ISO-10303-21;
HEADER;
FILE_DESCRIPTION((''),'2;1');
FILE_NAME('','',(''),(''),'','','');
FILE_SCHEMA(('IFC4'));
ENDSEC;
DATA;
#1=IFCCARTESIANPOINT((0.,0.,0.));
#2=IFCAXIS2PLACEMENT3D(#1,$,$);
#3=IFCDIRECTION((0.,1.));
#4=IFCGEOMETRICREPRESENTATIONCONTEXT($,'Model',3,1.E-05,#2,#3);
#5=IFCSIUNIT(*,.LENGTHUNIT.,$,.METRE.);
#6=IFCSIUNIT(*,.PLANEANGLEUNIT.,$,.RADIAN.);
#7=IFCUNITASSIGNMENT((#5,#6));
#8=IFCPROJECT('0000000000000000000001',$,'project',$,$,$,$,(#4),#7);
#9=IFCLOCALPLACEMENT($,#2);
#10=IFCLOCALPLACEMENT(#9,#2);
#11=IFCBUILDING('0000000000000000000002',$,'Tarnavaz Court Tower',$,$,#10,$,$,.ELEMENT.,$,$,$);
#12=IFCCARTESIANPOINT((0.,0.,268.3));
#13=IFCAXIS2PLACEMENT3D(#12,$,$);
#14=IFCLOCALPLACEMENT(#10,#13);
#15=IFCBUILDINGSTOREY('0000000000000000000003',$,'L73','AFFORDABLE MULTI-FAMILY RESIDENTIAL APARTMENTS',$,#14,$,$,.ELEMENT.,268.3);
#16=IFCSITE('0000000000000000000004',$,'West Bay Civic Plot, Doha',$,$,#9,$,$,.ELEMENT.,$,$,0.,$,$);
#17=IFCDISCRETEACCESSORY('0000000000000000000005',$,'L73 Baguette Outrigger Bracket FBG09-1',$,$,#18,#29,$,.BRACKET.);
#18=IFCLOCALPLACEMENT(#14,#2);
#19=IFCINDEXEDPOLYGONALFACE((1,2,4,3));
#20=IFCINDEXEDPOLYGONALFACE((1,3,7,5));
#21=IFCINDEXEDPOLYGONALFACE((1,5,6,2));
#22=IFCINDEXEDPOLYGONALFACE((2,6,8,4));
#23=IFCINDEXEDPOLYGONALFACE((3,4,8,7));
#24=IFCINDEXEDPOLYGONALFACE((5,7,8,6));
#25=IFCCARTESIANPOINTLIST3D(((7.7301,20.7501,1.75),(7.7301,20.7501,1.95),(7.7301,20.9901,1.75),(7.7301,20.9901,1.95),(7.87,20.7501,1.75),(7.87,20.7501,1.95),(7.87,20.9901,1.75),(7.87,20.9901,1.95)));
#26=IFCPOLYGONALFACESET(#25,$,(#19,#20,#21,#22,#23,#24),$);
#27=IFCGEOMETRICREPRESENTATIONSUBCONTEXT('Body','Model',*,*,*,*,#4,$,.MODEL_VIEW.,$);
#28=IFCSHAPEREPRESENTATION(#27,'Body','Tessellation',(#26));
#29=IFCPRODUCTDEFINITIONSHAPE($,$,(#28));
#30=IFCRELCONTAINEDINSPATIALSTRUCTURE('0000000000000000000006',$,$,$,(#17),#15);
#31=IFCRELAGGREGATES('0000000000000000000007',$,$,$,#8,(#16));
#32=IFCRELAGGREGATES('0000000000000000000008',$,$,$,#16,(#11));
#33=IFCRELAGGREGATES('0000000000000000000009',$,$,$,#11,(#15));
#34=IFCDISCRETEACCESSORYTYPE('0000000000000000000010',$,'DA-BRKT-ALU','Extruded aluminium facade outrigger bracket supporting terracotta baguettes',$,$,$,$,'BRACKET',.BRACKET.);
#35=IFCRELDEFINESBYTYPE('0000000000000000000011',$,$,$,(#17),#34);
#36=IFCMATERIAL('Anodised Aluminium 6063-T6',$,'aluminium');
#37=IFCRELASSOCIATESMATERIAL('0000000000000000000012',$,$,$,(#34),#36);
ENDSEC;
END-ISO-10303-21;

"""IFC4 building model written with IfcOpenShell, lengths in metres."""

from ifc_helpers import new_model, si_unit, direction, frame, origin, origin_2d, place, context, subcontext, project, spatial, rectangle, extrude, material, type_object, element, save


model = new_model("IFC4")

# Units and contexts
model_context = context("Model", 3, precision=1e-05, world=origin(), true_north=direction((0.0, 1.0)))
body_context = subcontext(model_context, "Body", "Model", "MODEL_VIEW")
ifc_project = project(units=[si_unit("LENGTHUNIT", "METRE"), si_unit("PLANEANGLEUNIT", "RADIAN")], contexts=[model_context])

# Site, building, storey
site_placement = place(None, origin())
site = spatial("IfcSite", under=ifc_project, at=site_placement, Name="West Bay Civic Plot, Doha", CompositionType="ELEMENT", RefElevation=0.0)
building_placement = place(site_placement, origin())
building = spatial("IfcBuilding", under=site, at=building_placement, Name="Tarnavaz Court Tower", CompositionType="ELEMENT")
storey_placement = place(building_placement, frame((0.0, 0.0, 268.3)))
storey = spatial("IfcBuildingStorey", under=building, at=storey_placement, Name="L73", Description="AFFORDABLE MULTI-FAMILY RESIDENTIAL APARTMENTS", CompositionType="ELEMENT", Elevation=268.3)

# Shared definitions
ifc_material_1 = material(Name="Anodised Aluminium 6063-T6", Category="aluminium")

# Discrete accessory
discrete_accessory_type = type_object("IfcDiscreteAccessoryType", Name="DA-BRKT-ALU", Description="Extruded aluminium facade outrigger bracket supporting terracotta baguettes", ElementType="BRACKET", PredefinedType="BRACKET", material=ifc_material_1)
for number, where, z_axis, x_axis, name in (
    (1, (7.8, 20.8701, 1.75), (0.0, 0.0, 1.0), (1.0, 0.0, 0.0), "L73 Baguette Outrigger Bracket FBG09-1"),
):
    element("IfcDiscreteAccessory", number, at=place(storey_placement, frame(where, z_axis=z_axis, x_axis=x_axis)), inside=storey, type_object=discrete_accessory_type, Name=name, PredefinedType="BRACKET", context=body_context, shape_type="SweptSolid", body=[
        extrude(rectangle(XDim=0.1399, YDim=0.24, at=origin_2d()), origin(), (0.0, 0.0, 1.0), 0.2),
    ])

save(model, "model.ifc")
